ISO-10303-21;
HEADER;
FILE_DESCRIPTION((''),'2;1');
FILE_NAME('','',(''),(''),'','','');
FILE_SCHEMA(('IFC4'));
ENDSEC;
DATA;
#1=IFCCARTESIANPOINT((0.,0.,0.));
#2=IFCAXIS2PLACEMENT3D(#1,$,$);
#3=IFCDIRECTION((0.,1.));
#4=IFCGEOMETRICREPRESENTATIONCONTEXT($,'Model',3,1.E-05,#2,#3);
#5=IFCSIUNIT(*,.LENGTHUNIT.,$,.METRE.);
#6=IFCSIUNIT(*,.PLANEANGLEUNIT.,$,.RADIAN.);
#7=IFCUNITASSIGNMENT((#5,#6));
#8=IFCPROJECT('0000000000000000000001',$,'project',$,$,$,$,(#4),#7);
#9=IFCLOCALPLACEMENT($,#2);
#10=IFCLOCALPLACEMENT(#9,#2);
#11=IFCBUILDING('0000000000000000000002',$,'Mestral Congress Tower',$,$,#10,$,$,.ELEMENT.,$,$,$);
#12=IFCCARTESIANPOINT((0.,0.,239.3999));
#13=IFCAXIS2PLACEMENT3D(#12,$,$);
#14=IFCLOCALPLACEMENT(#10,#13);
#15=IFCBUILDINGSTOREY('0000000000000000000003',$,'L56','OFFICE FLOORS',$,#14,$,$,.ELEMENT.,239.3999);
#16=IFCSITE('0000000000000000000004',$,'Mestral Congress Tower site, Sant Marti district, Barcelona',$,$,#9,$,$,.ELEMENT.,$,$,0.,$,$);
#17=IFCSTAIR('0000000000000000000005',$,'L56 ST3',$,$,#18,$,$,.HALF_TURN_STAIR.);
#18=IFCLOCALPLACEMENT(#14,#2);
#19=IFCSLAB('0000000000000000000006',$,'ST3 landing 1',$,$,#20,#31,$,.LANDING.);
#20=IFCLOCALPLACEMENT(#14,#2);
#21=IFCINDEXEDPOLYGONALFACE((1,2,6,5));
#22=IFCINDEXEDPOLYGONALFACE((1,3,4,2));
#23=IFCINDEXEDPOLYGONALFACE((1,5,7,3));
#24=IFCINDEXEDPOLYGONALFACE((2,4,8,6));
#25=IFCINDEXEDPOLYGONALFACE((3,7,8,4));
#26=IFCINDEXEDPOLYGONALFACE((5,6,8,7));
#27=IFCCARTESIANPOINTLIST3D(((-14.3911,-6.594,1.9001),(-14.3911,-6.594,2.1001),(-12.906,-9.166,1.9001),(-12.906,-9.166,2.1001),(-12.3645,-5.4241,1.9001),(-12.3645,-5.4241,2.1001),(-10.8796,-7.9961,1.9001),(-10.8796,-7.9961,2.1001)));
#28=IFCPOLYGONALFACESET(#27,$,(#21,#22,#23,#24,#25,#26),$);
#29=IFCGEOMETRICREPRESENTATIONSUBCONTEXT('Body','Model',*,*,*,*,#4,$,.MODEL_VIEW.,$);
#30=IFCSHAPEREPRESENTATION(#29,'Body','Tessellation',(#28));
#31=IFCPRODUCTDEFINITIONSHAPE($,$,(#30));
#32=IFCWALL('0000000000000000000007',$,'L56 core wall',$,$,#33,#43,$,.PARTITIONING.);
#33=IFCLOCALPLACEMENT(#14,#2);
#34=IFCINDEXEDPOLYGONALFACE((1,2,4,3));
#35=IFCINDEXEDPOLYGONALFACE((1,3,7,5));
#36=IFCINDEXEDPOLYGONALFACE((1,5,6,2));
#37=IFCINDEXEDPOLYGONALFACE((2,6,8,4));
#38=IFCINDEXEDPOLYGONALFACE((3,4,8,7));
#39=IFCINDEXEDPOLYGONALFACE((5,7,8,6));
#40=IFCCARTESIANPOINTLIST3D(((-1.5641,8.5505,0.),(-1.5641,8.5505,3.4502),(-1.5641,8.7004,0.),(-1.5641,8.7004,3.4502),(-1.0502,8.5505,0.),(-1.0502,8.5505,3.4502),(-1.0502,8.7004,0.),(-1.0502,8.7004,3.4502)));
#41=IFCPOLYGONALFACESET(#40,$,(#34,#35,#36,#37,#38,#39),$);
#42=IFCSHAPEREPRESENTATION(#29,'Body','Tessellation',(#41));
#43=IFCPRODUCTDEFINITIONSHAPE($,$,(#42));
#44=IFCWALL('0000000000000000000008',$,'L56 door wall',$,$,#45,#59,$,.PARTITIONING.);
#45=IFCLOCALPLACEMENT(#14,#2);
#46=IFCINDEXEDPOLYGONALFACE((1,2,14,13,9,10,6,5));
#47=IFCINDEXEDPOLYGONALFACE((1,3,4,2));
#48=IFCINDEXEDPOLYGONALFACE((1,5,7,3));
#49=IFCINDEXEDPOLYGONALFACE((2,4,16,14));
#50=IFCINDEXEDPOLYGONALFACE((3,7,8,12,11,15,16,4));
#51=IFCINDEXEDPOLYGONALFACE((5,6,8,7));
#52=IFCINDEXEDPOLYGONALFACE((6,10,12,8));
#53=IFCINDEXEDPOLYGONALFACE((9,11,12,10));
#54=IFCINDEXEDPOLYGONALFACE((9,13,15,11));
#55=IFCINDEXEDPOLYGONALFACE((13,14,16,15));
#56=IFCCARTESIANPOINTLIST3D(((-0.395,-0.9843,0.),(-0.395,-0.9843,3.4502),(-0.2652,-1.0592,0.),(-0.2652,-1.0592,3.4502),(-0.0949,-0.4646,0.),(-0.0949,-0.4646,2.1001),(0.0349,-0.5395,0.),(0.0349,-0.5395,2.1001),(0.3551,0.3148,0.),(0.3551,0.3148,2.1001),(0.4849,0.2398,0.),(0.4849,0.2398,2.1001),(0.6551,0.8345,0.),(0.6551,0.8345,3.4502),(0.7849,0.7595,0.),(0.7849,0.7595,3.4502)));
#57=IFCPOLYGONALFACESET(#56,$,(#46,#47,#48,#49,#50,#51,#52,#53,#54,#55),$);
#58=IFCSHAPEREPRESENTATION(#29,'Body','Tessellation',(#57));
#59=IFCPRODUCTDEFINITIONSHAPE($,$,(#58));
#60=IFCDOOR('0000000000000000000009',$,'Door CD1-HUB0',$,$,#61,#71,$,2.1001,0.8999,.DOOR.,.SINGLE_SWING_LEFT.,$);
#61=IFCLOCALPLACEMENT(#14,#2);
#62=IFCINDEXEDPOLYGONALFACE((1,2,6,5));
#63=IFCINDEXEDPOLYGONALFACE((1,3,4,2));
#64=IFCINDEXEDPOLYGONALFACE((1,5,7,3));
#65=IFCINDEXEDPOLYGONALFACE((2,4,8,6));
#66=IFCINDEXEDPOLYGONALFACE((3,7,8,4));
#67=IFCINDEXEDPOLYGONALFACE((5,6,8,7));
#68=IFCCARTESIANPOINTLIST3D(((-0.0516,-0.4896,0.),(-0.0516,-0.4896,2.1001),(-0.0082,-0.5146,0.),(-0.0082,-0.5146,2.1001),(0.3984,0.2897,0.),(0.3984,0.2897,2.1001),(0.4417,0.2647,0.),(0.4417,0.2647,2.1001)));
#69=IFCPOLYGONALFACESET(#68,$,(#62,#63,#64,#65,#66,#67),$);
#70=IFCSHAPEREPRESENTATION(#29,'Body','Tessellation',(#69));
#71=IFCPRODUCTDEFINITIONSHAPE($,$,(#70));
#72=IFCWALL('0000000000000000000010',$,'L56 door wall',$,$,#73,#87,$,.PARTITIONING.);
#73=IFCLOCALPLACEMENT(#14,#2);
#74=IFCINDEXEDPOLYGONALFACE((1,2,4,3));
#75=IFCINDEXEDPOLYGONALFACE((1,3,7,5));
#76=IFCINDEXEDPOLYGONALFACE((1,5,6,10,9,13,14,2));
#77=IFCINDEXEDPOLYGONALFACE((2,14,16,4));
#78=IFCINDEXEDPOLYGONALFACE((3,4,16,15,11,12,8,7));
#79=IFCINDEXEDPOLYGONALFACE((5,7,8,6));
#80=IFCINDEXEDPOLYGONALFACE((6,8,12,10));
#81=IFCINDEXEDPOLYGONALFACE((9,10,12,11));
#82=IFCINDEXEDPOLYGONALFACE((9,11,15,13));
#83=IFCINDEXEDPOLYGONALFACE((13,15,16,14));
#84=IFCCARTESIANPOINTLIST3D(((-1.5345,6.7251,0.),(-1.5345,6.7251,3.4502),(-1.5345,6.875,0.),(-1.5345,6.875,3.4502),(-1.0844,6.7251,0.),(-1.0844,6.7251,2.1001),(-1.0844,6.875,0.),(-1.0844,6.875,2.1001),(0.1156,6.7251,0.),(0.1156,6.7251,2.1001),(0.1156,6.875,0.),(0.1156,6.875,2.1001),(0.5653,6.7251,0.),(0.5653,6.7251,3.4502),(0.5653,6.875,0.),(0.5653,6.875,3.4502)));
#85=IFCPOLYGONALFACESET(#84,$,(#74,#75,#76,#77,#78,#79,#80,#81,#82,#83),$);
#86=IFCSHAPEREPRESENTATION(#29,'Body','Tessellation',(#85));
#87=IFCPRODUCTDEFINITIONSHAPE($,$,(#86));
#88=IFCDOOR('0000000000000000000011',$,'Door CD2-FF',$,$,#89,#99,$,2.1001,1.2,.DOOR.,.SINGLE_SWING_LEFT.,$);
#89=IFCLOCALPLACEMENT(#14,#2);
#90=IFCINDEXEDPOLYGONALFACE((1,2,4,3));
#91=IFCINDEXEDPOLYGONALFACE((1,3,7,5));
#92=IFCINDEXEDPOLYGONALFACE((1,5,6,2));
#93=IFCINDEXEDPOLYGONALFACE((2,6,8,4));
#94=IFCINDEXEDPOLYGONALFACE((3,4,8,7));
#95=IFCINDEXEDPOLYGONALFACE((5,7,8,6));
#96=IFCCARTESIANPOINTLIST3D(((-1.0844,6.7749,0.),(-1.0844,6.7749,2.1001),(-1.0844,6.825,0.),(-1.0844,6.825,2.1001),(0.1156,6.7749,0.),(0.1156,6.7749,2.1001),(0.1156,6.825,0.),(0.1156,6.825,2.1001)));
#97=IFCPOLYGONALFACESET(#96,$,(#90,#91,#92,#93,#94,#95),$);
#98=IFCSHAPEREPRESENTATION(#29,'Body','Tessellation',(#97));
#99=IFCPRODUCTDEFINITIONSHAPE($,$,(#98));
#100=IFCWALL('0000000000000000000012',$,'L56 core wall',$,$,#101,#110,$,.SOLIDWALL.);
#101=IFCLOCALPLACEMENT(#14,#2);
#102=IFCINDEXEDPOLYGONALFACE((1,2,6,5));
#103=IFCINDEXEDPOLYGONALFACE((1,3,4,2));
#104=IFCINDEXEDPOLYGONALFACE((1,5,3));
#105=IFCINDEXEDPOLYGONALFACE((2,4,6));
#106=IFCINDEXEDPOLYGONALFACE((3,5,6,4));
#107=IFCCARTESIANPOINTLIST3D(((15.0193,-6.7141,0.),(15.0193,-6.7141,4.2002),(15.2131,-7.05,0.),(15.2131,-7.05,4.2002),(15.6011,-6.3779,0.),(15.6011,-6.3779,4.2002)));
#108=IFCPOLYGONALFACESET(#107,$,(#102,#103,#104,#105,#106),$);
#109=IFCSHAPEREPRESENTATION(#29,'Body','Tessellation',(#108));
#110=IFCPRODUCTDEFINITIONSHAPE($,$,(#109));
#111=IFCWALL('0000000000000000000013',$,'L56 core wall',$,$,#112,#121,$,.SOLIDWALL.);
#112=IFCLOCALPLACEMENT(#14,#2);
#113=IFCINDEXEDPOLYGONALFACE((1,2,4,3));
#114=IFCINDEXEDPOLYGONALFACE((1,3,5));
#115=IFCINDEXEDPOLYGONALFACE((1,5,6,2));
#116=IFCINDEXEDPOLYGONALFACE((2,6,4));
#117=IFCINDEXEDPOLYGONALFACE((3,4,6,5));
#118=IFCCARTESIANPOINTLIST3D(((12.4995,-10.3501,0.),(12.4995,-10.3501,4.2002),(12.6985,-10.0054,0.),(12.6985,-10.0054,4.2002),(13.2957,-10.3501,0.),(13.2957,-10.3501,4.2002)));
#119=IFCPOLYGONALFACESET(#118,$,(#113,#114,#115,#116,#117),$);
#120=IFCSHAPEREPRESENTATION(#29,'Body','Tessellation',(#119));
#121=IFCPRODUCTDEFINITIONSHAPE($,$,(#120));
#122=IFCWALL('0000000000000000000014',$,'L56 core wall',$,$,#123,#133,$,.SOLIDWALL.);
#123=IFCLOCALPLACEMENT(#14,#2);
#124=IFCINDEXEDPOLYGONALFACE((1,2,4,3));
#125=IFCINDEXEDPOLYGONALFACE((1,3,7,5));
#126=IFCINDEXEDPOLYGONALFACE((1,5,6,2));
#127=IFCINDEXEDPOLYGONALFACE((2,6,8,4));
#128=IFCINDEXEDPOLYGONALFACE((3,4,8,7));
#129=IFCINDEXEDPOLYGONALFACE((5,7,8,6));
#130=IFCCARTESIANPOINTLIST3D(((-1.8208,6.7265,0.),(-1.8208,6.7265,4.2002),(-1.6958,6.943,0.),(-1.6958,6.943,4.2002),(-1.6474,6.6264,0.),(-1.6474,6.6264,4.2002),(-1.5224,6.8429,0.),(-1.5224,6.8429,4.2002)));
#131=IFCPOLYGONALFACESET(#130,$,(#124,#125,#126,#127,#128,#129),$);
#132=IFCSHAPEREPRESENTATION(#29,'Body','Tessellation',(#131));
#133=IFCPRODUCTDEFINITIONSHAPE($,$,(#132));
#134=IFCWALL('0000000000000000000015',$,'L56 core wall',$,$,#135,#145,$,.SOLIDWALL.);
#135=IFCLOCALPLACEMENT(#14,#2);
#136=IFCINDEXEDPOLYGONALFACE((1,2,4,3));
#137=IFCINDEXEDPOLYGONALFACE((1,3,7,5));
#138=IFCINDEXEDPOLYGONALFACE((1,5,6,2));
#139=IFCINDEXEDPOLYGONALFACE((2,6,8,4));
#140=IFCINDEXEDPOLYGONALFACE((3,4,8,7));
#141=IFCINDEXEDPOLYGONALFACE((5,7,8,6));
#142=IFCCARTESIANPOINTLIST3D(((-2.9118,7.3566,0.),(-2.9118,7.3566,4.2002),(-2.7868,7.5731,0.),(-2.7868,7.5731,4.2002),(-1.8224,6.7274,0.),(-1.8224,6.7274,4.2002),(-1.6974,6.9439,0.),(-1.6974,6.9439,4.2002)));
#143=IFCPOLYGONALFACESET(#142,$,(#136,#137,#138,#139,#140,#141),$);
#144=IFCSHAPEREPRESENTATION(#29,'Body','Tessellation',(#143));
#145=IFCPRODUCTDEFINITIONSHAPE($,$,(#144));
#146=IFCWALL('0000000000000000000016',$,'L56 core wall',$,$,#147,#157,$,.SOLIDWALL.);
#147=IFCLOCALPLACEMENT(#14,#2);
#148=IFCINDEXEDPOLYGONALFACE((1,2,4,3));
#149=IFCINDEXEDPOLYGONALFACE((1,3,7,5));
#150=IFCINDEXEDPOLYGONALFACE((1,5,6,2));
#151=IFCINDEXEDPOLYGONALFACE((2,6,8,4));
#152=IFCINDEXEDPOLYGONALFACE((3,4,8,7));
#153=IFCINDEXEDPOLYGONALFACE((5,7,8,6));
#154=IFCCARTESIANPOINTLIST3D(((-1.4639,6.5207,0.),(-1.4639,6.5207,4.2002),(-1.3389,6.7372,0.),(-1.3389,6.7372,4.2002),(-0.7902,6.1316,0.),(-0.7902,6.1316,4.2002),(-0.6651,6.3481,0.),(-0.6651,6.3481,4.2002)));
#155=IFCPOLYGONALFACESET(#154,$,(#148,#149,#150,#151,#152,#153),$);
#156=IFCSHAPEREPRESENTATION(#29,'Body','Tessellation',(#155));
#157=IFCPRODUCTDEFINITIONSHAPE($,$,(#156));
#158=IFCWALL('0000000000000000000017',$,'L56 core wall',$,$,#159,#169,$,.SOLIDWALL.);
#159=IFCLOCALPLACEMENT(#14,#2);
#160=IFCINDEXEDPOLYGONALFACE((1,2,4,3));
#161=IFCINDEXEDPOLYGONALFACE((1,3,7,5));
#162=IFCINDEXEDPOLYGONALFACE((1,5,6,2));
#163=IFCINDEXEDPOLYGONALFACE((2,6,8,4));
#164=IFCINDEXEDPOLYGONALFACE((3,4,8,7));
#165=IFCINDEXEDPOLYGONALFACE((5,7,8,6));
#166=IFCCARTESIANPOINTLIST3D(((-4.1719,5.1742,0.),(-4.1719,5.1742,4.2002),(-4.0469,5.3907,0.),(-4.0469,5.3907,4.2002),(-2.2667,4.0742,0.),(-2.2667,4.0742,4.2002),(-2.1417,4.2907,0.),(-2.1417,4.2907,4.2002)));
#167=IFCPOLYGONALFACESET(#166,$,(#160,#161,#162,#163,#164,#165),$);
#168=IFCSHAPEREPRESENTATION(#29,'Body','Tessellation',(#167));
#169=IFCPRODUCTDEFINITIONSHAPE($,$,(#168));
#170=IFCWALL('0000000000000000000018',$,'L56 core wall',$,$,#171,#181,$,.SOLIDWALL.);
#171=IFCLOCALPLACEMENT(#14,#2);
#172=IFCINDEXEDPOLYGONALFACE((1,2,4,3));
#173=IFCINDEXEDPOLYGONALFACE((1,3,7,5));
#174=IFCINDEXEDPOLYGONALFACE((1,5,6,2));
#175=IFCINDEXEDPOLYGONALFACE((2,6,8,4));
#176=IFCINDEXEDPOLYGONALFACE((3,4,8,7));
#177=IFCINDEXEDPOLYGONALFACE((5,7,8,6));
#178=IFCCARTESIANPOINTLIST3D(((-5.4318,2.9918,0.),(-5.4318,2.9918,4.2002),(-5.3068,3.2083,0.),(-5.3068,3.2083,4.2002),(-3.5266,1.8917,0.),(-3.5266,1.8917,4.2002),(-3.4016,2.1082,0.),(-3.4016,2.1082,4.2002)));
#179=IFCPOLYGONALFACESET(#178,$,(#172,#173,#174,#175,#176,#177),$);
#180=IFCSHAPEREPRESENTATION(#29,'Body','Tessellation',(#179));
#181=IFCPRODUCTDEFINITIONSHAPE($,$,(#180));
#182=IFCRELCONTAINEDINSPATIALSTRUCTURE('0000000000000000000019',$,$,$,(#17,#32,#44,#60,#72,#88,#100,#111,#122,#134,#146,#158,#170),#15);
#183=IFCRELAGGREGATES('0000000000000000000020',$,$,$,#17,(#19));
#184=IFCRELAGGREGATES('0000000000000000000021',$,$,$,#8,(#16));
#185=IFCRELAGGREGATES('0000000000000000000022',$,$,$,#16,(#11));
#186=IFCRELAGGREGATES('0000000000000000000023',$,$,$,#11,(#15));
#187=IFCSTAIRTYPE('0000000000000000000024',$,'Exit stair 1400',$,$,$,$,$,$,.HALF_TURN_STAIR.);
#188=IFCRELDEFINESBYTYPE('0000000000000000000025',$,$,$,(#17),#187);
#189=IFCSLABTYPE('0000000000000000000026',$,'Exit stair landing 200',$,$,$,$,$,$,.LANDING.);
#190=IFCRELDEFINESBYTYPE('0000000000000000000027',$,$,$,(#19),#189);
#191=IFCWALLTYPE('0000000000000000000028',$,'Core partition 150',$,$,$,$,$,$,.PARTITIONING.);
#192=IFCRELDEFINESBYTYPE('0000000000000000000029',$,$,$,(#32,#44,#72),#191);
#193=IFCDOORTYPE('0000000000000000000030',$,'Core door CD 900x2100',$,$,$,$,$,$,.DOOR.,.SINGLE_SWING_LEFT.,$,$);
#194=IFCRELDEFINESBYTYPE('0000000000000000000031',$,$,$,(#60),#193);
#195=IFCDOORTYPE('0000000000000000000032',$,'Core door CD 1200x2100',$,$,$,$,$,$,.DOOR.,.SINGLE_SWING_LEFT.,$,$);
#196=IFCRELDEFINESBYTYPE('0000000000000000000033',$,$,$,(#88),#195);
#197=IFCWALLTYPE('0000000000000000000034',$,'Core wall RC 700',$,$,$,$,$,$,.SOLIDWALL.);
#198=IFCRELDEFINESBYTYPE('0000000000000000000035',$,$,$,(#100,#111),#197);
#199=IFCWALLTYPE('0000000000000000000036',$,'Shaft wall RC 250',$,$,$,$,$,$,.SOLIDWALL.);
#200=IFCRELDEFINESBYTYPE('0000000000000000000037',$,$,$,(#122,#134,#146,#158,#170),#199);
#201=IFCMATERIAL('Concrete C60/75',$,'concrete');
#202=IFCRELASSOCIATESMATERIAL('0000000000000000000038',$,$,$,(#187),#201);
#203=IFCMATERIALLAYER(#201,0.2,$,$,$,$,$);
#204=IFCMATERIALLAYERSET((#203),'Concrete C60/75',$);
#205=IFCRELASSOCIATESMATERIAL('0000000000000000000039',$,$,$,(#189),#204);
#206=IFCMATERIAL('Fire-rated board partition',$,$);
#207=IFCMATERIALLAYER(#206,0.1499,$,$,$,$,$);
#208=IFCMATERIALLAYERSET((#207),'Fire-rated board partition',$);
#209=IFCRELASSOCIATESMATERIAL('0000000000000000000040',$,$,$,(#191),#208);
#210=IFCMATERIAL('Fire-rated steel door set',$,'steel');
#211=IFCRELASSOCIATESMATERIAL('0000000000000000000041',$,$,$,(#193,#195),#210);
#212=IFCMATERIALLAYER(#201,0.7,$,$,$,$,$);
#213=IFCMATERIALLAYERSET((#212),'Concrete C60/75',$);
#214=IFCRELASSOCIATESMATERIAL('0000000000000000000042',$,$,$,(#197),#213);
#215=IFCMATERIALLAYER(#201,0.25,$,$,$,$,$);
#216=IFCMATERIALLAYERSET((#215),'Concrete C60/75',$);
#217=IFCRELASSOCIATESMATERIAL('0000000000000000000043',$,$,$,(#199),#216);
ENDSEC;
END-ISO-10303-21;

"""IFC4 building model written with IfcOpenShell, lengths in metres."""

from ifc_helpers import new_model, si_unit, direction, frame, frame_2d, origin, place, context, subcontext, project, spatial, polyline, rectangle, outline, extrude, material, layer, layer_set, type_object, element, fill, aggregate, save


model = new_model("IFC4")

# Units and contexts
model_context = context("Model", 3, precision=1e-05, world=origin(), true_north=direction((0.0, 1.0)))
body_context = subcontext(model_context, "Body", "Model", "MODEL_VIEW")
ifc_project = project(units=[si_unit("LENGTHUNIT", "METRE"), si_unit("PLANEANGLEUNIT", "RADIAN")], contexts=[model_context])

# Site, building, storey
site_placement = place(None, origin())
site = spatial("IfcSite", under=ifc_project, at=site_placement, Name="Mestral Congress Tower site, Sant Marti district, Barcelona", CompositionType="ELEMENT", RefElevation=0.0)
building_placement = place(site_placement, origin())
building = spatial("IfcBuilding", under=site, at=building_placement, Name="Mestral Congress Tower", CompositionType="ELEMENT")
storey_placement = place(building_placement, frame((0.0, 0.0, 239.3999)))
storey = spatial("IfcBuildingStorey", under=building, at=storey_placement, Name="L56", Description="OFFICE FLOORS", CompositionType="ELEMENT", Elevation=239.3999)

# Shared definitions
ifc_material_1 = material(Name="Concrete C60/75", Category="concrete")

# Stair, slab
stair_type = type_object("IfcStairType", Name="Exit stair 1400", PredefinedType="HALF_TURN_STAIR", material=ifc_material_1)
placement_1 = place(storey_placement, origin())
ifc_layer_1 = layer(ifc_material_1, 0.2)
ifc_layer_set_1 = layer_set([ifc_layer_1], Name="Concrete C60/75")
slab_type_1 = type_object("IfcSlabType", Name="Exit stair landing 200", PredefinedType="LANDING", material=ifc_layer_set_1)
placement_2 = place(storey_placement, frame((0.0, 0.0, 1.9001)))
stair_1 = element("IfcStair", 1, at=placement_1, inside=storey, type_object=stair_type, Name="L56 ST3", PredefinedType="HALF_TURN_STAIR")
slab_1 = element("IfcSlab", 2, at=placement_2, type_object=slab_type_1, Name="ST3 landing 1", PredefinedType="LANDING", context=body_context, shape_type="SweptSolid", body=[
    extrude(outline(polyline([(-12.3645, -5.4241), (-10.8796, -7.9961), (-12.906, -9.166), (-14.3911, -6.594), (-12.3645, -5.4241)])), origin(), (0.0, 0.0, 1.0), 0.2),
])
aggregate(stair_1, [slab_1])

# Wall
ifc_material_2 = material(Name="Fire-rated board partition")
ifc_layer_2 = layer(ifc_material_2, 0.1499)
ifc_layer_set_2 = layer_set([ifc_layer_2], Name="Fire-rated board partition")
wall_type_1 = type_object("IfcWallType", Name="Core partition 150", PredefinedType="PARTITIONING", material=ifc_layer_set_2)
wall_1_placement = place(storey_placement, frame((-1.564, 8.6255, 0.0), z_axis=(0.0, 0.0, 1.0), x_axis=(1.0, 0.0, 0.0)))
element("IfcWall", 3, at=wall_1_placement, inside=storey, type_object=wall_type_1, Name="L56 core wall", PredefinedType="PARTITIONING", context=body_context, shape_type="SweptSolid", body=[
    extrude(rectangle(XDim=0.5139, YDim=0.1499, at=frame_2d((0.2568, 0.0))), origin(), (0.0, 0.0, 1.0), 3.4502),
])

# Walls, openings, doors
wall_2_placement = place(storey_placement, frame((-0.3301, -1.0217, 0.0), z_axis=(0.0, 0.0, 1.0), x_axis=(0.500028, 0.866009, 0.0)))
wall_2 = element("IfcWall", 4, at=wall_2_placement, inside=storey, type_object=wall_type_1, Name="L56 door wall", PredefinedType="PARTITIONING", context=body_context, shape_type="SweptSolid", body=[
    extrude(rectangle(XDim=2.1001, YDim=0.1499, at=frame_2d((1.05, 0.0))), origin(), (0.0, 0.0, 1.0), 3.4502),
])
opening_1_placement = place(wall_2_placement, frame((0.6001, 0.0, 0.0)))
opening_1 = element("IfcOpeningElement", 5, at=opening_1_placement, cuts=wall_2, PredefinedType="OPENING", context=body_context, shape_type="SweptSolid", body=[
    extrude(rectangle(XDim=0.8999, YDim=2.1001, at=frame_2d((0.45, 1.05))), frame((0.0, 0.085, 0.0), z_axis=(0.0, -1.0, 0.0), x_axis=(1.0, 0.0, 0.0)), (0.0, 0.0, 1.0), 0.1699),
])
ifc_material_3 = material(Name="Fire-rated steel door set", Category="steel")
door_type_1 = type_object("IfcDoorType", Name="Core door CD 900x2100", OperationType="SINGLE_SWING_LEFT", PredefinedType="DOOR", material=ifc_material_3)
door_1_placement = place(opening_1_placement, origin())
door_1 = element("IfcDoor", 6, at=door_1_placement, inside=storey, type_object=door_type_1, Name="Door CD1-HUB0", OperationType="SINGLE_SWING_LEFT", OverallHeight=2.1001, OverallWidth=0.8999, PredefinedType="DOOR", context=body_context, shape_type="SweptSolid", body=[
    extrude(rectangle(XDim=0.8999, YDim=2.1001, at=frame_2d((0.45, 1.05))), frame((0.0, 0.0249, 0.0), z_axis=(0.0, -1.0, 0.0), x_axis=(1.0, 0.0, 0.0)), (0.0, 0.0, 1.0), 0.05),
])
fill(opening_1, door_1)
wall_3_placement = place(storey_placement, frame((-1.5344, 6.8, 0.0), z_axis=(0.0, 0.0, 1.0), x_axis=(1.0, 0.0, 0.0)))
wall_3 = element("IfcWall", 7, at=wall_3_placement, inside=storey, type_object=wall_type_1, Name="L56 door wall", PredefinedType="PARTITIONING", context=body_context, shape_type="SweptSolid", body=[
    extrude(rectangle(XDim=2.0999, YDim=0.1499, at=frame_2d((1.0498, 0.0))), origin(), (0.0, 0.0, 1.0), 3.4502),
])
opening_2_placement = place(wall_3_placement, frame((0.45, 0.0, 0.0)))
opening_2 = element("IfcOpeningElement", 8, at=opening_2_placement, cuts=wall_3, PredefinedType="OPENING", context=body_context, shape_type="SweptSolid", body=[
    extrude(rectangle(XDim=1.2, YDim=2.1001, at=frame_2d((0.6001, 1.05))), frame((0.0, 0.085, 0.0), z_axis=(0.0, -1.0, 0.0), x_axis=(1.0, 0.0, 0.0)), (0.0, 0.0, 1.0), 0.1699),
])
door_type_2 = type_object("IfcDoorType", Name="Core door CD 1200x2100", OperationType="SINGLE_SWING_LEFT", PredefinedType="DOOR", material=ifc_material_3)
door_2_placement = place(opening_2_placement, origin())
door_2 = element("IfcDoor", 9, at=door_2_placement, inside=storey, type_object=door_type_2, Name="Door CD2-FF", OperationType="SINGLE_SWING_LEFT", OverallHeight=2.1001, OverallWidth=1.2, PredefinedType="DOOR", context=body_context, shape_type="SweptSolid", body=[
    extrude(rectangle(XDim=1.2, YDim=2.1001, at=frame_2d((0.6001, 1.05))), frame((0.0, 0.0249, 0.0), z_axis=(0.0, -1.0, 0.0), x_axis=(1.0, 0.0, 0.0)), (0.0, 0.0, 1.0), 0.05),
])
fill(opening_2, door_2)

# Walls
ifc_layer_3 = layer(ifc_material_1, 0.7)
ifc_layer_set_3 = layer_set([ifc_layer_3], Name="Concrete C60/75")
wall_type_2 = type_object("IfcWallType", Name="Core wall RC 700", PredefinedType="SOLIDWALL", material=ifc_layer_set_3)
element("IfcWall", 10, at=placement_1, inside=storey, type_object=wall_type_2, Name="L56 core wall", PredefinedType="SOLIDWALL", context=body_context, shape_type="SweptSolid", body=[
    extrude(outline(polyline([(15.2131, -7.05), (15.0193, -6.7141), (15.6011, -6.3779), (15.2131, -7.05)])), origin(), (0.0, 0.0, 1.0), 4.2002),
])
element("IfcWall", 11, at=placement_1, inside=storey, type_object=wall_type_2, Name="L56 core wall", PredefinedType="SOLIDWALL", context=body_context, shape_type="SweptSolid", body=[
    extrude(outline(polyline([(12.4995, -10.3501), (12.6985, -10.0054), (13.2957, -10.3501), (12.4995, -10.3501)])), origin(), (0.0, 0.0, 1.0), 4.2002),
])
ifc_layer_4 = layer(ifc_material_1, 0.25)
ifc_layer_set_4 = layer_set([ifc_layer_4], Name="Concrete C60/75")
wall_type_3 = type_object("IfcWallType", Name="Shaft wall RC 250", PredefinedType="SOLIDWALL", material=ifc_layer_set_4)
wall_4_placement = place(storey_placement, frame((-1.7583, 6.8347, 0.0), z_axis=(0.0, 0.0, 1.0), x_axis=(0.865982, -0.500074, 0.0)))
element("IfcWall", 12, at=wall_4_placement, inside=storey, type_object=wall_type_3, Name="L56 core wall", PredefinedType="SOLIDWALL", context=body_context, shape_type="SweptSolid", body=[
    extrude(rectangle(XDim=0.2002, YDim=0.25, at=frame_2d((0.1001, 0.0))), origin(), (0.0, 0.0, 1.0), 4.2002),
])
wall_5_placement = place(storey_placement, frame((-1.76, 6.8357, 0.0), z_axis=(0.0, 0.0, 1.0), x_axis=(-0.865953, 0.500126, 0.0)))
element("IfcWall", 13, at=wall_5_placement, inside=storey, type_object=wall_type_3, Name="L56 core wall", PredefinedType="SOLIDWALL", context=body_context, shape_type="SweptSolid", body=[
    extrude(rectangle(XDim=1.2581, YDim=0.25, at=frame_2d((0.6289, 0.0))), origin(), (0.0, 0.0, 1.0), 4.2002),
])
wall_6_placement = place(storey_placement, frame((-0.7275, 6.2397, 0.0), z_axis=(0.0, 0.0, 1.0), x_axis=(-0.865956, 0.500121, 0.0)))
element("IfcWall", 14, at=wall_6_placement, inside=storey, type_object=wall_type_3, Name="L56 core wall", PredefinedType="SOLIDWALL", context=body_context, shape_type="SweptSolid", body=[
    extrude(rectangle(XDim=0.7781, YDim=0.25, at=frame_2d((0.3892, 0.0))), origin(), (0.0, 0.0, 1.0), 4.2002),
])
for number, where, z_axis, x_axis, name in (
    (15, (-2.2041, 4.1824, 0.0), (0.0, 0.0, 1.0), (-0.866008, 0.50003, 0.0), "L56 core wall"),
    (16, (-5.3694, 3.1001, 0.0), (0.0, 0.0, 1.0), (0.866008, -0.50003, 0.0), "L56 core wall"),
):
    element("IfcWall", number, at=place(storey_placement, frame(where, z_axis=z_axis, x_axis=x_axis)), inside=storey, type_object=wall_type_3, Name=name, PredefinedType="SOLIDWALL", context=body_context, shape_type="SweptSolid", body=[
        extrude(rectangle(XDim=2.2, YDim=0.25, at=frame_2d((1.1001, 0.0))), origin(), (0.0, 0.0, 1.0), 4.2002),
    ])

save(model, "model.ifc")
